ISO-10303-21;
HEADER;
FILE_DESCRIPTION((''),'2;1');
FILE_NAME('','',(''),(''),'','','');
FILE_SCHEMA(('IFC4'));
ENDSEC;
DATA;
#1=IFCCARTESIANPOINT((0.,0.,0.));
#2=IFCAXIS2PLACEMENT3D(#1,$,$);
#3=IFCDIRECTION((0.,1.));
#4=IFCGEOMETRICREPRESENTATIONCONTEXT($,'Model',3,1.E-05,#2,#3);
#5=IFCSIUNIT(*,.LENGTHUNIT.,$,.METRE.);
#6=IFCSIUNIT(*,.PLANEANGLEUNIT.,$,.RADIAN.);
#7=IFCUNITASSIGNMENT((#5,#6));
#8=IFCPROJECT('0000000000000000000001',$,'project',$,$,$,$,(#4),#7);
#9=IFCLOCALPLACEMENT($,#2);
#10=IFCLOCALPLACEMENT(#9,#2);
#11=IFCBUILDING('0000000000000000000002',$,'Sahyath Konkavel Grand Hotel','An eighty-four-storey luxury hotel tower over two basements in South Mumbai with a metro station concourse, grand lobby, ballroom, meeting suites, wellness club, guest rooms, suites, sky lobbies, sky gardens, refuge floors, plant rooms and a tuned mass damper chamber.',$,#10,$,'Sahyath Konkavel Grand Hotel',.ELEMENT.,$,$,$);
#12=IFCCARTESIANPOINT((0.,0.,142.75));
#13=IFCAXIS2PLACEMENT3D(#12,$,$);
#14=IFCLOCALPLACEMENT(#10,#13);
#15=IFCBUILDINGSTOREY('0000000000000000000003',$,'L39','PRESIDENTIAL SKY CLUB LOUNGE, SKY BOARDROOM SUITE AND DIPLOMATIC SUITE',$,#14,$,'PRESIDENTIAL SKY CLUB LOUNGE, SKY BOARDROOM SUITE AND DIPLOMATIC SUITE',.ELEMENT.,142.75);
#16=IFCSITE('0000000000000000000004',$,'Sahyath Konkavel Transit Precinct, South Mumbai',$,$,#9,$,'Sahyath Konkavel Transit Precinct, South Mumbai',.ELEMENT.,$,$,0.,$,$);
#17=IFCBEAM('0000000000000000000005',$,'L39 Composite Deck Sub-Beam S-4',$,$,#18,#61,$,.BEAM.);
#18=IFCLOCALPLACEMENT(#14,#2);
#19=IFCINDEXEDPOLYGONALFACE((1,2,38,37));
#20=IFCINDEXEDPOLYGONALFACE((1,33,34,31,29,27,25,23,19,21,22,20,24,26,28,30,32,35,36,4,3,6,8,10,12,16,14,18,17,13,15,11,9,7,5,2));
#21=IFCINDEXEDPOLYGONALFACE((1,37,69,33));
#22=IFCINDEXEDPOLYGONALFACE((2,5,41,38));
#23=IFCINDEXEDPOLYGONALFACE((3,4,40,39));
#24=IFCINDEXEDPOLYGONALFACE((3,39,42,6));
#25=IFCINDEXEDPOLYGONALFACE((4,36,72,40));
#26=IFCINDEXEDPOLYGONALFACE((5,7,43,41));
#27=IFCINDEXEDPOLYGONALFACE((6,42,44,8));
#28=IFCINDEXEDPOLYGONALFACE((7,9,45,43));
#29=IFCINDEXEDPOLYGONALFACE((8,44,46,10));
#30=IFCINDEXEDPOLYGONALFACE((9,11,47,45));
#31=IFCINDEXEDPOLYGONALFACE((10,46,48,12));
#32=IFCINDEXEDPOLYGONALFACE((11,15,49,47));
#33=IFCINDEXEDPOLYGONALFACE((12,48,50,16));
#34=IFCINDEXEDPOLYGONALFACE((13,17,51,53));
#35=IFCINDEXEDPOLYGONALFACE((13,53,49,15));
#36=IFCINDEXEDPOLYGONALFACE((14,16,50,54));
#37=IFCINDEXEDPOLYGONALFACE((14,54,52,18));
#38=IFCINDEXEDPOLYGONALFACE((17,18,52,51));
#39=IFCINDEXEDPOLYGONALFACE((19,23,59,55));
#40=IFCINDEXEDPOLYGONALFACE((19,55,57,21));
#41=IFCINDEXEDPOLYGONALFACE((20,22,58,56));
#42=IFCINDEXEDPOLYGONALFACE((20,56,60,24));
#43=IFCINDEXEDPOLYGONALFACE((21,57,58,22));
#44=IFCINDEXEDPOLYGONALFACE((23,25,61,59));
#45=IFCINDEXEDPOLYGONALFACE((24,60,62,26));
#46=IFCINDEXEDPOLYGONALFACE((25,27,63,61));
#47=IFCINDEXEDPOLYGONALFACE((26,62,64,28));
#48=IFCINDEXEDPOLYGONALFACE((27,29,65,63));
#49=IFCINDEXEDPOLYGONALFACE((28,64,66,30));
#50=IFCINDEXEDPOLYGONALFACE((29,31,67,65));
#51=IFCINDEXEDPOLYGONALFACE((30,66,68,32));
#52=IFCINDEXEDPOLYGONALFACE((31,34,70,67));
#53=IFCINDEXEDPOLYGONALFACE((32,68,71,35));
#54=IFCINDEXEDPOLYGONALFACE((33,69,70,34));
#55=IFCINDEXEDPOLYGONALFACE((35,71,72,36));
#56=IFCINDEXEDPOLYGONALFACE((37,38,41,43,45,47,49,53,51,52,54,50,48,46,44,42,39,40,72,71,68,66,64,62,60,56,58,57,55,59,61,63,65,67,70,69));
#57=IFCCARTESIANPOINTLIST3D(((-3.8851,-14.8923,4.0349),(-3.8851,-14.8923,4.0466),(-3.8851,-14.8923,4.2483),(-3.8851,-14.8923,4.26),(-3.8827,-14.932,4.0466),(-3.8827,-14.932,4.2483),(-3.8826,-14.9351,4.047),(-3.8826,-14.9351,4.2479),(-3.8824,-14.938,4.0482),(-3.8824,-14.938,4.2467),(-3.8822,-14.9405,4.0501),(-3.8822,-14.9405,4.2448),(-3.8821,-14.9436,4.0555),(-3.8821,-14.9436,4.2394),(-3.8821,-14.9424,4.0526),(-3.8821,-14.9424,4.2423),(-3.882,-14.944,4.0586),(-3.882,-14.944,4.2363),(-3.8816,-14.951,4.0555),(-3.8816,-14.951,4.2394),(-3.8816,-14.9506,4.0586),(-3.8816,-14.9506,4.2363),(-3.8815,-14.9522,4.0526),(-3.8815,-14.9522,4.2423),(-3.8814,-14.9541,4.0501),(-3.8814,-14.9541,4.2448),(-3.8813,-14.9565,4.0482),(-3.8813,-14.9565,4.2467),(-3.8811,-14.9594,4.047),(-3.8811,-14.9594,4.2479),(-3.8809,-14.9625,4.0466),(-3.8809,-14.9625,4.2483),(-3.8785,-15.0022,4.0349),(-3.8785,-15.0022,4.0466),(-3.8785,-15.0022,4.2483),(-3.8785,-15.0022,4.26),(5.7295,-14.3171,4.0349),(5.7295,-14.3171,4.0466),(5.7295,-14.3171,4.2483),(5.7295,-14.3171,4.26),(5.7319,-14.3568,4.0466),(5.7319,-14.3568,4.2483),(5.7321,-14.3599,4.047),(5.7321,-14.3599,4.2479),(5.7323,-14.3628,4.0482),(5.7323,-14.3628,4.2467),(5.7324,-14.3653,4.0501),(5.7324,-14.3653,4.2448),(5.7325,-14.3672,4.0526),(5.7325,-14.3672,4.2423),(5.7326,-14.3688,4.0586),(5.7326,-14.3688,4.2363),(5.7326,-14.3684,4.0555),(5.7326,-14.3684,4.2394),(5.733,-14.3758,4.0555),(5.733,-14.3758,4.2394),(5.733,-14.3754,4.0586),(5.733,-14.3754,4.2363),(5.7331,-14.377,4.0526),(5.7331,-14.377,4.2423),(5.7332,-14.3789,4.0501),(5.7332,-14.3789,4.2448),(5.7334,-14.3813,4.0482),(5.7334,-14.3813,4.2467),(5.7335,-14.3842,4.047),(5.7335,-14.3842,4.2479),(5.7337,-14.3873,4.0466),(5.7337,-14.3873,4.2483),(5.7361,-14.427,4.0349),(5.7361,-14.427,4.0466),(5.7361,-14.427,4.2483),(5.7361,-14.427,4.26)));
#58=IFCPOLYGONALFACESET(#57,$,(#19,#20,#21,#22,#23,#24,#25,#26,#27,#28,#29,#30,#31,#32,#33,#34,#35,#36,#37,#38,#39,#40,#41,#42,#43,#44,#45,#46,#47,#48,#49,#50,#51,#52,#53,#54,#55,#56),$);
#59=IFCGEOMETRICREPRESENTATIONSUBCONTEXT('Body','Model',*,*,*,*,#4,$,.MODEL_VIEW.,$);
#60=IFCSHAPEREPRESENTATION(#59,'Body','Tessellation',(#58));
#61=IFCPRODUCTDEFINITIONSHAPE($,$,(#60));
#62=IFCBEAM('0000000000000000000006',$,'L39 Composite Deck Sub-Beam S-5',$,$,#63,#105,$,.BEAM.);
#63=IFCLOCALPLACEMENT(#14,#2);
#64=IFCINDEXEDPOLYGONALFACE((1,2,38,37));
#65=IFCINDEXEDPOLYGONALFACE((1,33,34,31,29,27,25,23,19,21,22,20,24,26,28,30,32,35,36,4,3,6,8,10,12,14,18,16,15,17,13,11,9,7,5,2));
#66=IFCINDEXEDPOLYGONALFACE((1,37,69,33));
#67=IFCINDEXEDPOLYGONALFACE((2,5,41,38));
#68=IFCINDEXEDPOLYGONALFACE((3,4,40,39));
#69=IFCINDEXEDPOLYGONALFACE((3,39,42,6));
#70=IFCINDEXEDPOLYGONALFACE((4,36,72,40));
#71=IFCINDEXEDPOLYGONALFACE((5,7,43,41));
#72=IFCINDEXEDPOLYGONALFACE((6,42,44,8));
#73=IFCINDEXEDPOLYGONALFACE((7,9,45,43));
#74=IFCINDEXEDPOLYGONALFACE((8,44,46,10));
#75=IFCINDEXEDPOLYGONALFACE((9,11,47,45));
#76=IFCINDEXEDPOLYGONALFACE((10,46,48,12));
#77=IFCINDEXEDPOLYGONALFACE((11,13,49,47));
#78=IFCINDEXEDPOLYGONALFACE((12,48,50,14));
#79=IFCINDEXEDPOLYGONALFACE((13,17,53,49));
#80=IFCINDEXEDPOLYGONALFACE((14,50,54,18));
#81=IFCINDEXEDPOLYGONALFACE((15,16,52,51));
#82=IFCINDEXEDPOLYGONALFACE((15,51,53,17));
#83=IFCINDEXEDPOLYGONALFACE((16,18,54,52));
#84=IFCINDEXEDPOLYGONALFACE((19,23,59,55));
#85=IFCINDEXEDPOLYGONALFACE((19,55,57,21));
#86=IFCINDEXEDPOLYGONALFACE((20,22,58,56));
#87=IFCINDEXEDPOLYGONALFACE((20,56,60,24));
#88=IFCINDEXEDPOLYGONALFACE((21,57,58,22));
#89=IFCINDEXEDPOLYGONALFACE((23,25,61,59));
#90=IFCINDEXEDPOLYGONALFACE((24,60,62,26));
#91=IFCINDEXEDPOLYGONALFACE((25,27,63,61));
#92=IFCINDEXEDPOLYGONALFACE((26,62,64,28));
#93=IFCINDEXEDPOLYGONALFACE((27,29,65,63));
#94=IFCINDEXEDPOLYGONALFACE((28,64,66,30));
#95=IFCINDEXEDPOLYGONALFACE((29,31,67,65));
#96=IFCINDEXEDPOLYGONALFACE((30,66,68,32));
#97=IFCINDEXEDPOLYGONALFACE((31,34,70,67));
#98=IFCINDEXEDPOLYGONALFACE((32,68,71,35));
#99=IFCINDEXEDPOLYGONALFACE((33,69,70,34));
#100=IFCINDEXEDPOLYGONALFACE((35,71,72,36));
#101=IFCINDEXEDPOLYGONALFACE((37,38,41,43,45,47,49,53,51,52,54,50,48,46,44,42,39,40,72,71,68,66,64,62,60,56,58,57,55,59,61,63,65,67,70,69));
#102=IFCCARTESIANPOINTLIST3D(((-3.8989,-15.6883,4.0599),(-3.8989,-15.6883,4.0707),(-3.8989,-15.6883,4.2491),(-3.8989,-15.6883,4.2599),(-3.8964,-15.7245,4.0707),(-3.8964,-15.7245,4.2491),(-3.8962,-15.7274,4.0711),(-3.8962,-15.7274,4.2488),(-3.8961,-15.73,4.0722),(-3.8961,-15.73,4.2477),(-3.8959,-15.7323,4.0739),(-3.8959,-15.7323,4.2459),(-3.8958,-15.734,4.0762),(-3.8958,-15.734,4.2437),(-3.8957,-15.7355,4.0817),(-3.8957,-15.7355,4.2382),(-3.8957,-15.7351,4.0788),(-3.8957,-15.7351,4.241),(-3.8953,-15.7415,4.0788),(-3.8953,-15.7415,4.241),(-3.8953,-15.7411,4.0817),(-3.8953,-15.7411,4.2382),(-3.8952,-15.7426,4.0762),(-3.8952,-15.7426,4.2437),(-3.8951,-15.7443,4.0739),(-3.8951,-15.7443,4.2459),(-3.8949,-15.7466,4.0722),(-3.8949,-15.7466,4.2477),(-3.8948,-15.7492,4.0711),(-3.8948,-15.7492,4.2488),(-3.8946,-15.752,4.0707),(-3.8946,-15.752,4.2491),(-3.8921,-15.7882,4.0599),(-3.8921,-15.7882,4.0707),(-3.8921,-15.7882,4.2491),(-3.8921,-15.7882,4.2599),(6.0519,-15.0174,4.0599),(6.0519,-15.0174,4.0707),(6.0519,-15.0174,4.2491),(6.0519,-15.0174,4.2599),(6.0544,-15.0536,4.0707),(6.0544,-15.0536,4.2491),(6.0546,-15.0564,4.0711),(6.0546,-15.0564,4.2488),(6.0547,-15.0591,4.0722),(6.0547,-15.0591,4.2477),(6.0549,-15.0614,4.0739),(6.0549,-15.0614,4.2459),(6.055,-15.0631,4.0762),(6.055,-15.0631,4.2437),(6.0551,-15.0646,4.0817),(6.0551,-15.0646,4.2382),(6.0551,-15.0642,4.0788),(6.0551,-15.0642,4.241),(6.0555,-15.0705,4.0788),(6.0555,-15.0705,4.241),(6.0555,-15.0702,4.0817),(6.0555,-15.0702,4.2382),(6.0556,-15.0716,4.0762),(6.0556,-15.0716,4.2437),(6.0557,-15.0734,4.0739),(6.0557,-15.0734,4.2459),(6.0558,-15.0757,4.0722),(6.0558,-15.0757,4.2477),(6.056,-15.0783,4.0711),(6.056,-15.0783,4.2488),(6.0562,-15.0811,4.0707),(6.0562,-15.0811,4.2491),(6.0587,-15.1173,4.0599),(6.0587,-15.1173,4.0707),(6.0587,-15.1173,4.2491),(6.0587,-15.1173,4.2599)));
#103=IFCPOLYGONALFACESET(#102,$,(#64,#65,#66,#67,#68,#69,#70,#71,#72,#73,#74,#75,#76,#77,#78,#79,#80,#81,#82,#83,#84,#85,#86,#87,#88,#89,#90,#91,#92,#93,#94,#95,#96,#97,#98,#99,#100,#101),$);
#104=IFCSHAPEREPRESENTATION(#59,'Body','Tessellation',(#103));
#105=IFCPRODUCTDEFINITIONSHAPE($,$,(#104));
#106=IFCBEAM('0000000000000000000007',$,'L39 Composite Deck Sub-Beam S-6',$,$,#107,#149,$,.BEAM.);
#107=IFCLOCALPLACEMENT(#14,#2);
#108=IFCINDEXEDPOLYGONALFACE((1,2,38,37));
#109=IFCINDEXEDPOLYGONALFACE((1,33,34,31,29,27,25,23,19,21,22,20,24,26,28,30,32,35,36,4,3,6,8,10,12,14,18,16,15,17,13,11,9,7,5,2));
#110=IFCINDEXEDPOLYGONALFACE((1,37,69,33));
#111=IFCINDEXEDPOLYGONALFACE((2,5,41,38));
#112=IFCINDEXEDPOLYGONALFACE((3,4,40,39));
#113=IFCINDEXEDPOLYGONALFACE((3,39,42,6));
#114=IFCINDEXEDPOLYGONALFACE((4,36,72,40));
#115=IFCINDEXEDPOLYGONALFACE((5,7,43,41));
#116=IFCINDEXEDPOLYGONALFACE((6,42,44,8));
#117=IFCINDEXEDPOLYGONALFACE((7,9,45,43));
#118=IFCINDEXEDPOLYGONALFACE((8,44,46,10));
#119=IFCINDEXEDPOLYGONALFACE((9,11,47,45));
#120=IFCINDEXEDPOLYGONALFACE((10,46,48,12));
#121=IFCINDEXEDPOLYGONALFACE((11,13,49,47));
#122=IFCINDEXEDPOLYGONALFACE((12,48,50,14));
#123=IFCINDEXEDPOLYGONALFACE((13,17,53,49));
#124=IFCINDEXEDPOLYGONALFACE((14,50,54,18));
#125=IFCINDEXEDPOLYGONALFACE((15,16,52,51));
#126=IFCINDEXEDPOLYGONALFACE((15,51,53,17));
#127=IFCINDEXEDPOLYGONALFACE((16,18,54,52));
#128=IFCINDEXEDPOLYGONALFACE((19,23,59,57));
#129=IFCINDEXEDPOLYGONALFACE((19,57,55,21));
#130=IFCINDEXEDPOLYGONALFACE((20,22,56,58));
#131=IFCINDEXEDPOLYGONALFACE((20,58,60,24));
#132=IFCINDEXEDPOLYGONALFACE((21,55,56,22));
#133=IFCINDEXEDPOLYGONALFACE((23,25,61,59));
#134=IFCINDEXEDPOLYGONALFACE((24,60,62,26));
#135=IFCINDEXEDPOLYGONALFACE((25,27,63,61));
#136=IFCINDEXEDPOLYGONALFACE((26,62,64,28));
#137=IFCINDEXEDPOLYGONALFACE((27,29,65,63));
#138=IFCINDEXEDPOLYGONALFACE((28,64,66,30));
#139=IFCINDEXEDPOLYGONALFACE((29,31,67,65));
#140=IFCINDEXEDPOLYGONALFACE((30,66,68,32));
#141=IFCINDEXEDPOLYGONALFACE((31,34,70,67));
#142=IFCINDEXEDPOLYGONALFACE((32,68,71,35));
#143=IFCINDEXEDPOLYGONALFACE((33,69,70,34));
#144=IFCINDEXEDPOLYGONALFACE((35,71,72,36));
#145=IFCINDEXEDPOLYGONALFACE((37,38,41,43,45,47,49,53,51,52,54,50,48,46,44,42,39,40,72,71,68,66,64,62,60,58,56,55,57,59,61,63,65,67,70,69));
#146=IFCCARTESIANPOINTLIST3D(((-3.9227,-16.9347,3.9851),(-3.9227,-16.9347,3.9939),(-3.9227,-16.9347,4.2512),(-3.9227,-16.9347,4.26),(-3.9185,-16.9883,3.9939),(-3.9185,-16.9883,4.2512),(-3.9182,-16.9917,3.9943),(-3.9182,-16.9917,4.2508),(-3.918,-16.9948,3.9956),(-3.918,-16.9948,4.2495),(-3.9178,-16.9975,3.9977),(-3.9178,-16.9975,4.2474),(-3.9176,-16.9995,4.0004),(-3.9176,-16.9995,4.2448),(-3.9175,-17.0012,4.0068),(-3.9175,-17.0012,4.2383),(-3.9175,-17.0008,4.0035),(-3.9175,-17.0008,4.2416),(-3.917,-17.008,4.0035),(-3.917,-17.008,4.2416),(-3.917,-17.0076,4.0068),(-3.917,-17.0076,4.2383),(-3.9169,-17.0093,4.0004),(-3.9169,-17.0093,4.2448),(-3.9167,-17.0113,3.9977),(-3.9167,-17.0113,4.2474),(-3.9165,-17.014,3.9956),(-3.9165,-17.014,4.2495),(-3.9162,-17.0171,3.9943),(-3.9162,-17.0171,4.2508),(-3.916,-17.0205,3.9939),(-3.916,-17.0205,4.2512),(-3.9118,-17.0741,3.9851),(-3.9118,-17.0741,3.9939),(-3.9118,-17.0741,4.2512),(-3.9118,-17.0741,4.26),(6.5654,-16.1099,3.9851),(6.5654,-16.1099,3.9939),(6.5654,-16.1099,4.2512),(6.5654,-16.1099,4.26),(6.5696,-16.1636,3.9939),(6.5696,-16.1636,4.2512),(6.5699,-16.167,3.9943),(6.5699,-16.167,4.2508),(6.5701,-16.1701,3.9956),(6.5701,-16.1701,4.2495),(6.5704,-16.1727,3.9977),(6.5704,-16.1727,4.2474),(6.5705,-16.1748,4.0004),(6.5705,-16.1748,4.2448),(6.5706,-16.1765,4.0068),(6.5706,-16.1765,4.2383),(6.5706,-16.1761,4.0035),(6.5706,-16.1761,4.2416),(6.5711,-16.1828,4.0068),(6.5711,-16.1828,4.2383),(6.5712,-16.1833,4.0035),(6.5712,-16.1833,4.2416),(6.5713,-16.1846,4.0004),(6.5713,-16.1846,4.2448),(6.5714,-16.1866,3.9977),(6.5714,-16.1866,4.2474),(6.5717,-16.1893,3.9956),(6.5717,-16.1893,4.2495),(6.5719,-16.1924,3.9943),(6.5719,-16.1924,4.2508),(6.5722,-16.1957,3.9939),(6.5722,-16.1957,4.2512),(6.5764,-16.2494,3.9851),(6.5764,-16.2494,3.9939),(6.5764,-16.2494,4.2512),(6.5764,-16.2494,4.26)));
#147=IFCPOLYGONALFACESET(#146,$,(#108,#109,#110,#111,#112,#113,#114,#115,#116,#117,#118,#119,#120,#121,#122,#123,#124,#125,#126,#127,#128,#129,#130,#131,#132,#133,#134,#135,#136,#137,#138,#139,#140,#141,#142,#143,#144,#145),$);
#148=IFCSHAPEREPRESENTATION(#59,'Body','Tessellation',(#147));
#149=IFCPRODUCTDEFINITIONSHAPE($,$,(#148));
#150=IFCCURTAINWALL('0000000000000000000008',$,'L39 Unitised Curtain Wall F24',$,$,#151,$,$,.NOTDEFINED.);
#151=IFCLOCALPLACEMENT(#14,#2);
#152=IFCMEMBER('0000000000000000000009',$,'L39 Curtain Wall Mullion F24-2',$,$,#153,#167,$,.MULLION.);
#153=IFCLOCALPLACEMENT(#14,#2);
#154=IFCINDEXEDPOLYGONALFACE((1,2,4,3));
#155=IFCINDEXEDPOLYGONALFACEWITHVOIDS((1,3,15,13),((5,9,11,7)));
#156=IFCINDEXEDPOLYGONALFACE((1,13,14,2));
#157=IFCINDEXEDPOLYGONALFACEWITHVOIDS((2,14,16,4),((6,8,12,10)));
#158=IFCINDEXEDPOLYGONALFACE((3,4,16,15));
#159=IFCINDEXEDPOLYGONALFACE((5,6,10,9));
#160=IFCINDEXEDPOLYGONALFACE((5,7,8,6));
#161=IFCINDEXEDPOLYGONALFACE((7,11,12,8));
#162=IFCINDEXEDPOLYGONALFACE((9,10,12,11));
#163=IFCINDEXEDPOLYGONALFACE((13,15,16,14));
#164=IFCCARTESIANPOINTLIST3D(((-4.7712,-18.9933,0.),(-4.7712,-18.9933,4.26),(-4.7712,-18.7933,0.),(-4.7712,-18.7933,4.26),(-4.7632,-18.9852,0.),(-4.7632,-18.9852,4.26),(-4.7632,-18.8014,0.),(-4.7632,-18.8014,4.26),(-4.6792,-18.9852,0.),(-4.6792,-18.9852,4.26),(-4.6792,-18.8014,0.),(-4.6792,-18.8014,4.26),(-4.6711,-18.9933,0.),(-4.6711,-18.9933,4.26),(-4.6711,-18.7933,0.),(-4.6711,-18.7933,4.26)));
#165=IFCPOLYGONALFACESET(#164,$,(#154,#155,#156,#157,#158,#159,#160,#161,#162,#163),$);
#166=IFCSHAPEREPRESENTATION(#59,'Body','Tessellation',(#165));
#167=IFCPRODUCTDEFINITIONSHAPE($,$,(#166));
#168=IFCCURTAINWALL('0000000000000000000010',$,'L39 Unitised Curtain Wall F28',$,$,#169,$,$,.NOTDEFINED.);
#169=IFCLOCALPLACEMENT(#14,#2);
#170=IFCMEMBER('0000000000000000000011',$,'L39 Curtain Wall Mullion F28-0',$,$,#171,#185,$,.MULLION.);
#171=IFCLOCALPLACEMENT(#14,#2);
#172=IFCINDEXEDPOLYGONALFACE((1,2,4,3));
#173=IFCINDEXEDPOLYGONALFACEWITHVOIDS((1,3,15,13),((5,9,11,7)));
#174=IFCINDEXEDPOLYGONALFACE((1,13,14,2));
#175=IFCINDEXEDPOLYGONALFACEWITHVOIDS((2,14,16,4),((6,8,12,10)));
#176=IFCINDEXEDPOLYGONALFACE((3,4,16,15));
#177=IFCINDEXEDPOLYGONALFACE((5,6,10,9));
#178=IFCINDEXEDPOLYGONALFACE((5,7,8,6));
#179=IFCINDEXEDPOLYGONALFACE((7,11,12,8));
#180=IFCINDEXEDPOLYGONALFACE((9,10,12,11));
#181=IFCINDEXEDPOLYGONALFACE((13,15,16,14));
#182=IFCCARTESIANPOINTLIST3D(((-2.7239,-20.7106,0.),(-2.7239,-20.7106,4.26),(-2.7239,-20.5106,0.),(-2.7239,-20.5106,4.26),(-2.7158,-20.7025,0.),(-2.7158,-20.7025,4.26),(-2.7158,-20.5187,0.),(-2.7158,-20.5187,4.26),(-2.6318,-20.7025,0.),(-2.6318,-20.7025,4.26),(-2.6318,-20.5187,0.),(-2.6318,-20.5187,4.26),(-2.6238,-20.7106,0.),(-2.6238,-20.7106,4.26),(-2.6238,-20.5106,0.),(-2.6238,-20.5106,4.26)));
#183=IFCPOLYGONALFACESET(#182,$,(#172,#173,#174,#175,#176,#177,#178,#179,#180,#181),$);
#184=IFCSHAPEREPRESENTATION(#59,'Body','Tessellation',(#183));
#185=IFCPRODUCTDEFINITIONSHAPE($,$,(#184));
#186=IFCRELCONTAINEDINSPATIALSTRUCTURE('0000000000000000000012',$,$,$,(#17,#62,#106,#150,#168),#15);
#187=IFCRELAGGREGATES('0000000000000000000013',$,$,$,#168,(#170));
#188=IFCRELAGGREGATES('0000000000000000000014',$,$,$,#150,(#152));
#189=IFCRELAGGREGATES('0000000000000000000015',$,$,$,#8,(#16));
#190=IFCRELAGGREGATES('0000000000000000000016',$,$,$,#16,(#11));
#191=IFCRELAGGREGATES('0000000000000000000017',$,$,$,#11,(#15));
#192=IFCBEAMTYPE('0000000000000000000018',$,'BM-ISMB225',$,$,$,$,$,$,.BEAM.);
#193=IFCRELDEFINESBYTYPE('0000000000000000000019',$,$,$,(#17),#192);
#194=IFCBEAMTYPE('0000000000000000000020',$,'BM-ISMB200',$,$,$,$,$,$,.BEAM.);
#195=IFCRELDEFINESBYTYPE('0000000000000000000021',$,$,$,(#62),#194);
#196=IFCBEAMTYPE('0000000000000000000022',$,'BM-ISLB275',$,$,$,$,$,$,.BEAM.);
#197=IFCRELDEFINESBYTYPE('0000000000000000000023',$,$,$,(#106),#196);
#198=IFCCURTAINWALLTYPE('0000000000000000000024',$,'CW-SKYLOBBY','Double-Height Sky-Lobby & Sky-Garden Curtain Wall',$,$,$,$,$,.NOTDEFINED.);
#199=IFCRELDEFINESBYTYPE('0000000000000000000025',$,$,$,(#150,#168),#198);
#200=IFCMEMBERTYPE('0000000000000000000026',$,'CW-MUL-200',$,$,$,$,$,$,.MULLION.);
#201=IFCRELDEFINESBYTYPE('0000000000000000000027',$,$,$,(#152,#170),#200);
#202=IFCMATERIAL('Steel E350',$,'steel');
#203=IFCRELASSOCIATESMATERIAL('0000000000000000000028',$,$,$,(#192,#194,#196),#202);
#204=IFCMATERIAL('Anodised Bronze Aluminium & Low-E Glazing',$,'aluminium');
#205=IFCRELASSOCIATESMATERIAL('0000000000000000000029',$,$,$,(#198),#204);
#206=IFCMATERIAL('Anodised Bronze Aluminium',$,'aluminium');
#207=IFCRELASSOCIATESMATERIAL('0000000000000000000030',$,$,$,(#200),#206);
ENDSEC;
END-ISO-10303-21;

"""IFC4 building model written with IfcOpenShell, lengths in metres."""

from ifc_helpers import new_model, si_unit, direction, frame, origin, origin_2d, place, context, subcontext, project, spatial, hollow_rectangle, i_section, extrude, source, transform, mapped, material, material_profile, profile_set, type_object, element, aggregate, save


model = new_model("IFC4")

# Units and contexts
model_context = context("Model", 3, precision=1e-05, world=origin(), true_north=direction((0.0, 1.0)))
body_context = subcontext(model_context, "Body", "Model", "MODEL_VIEW")
ifc_project = project(units=[si_unit("LENGTHUNIT", "METRE"), si_unit("PLANEANGLEUNIT", "RADIAN")], contexts=[model_context])

# Site, building, storey
site_placement = place(None, origin())
site = spatial("IfcSite", under=ifc_project, at=site_placement, Name="Sahyath Konkavel Transit Precinct, South Mumbai", LongName="Sahyath Konkavel Transit Precinct, South Mumbai", CompositionType="ELEMENT", RefElevation=0.0)
building_placement = place(site_placement, origin())
building = spatial("IfcBuilding", under=site, at=building_placement, Name="Sahyath Konkavel Grand Hotel", Description="An eighty-four-storey luxury hotel tower over two basements in South Mumbai with a metro station concourse, grand lobby, ballroom, meeting suites, wellness club, guest rooms, suites, sky lobbies, sky gardens, refuge floors, plant rooms and a tuned mass damper chamber.", LongName="Sahyath Konkavel Grand Hotel", CompositionType="ELEMENT")
storey_placement = place(building_placement, frame((0.0, 0.0, 142.75)))
storey = spatial("IfcBuildingStorey", under=building, at=storey_placement, Name="L39", Description="PRESIDENTIAL SKY CLUB LOUNGE, SKY BOARDROOM SUITE AND DIPLOMATIC SUITE", LongName="PRESIDENTIAL SKY CLUB LOUNGE, SKY BOARDROOM SUITE AND DIPLOMATIC SUITE", CompositionType="ELEMENT", Elevation=142.75)

# Beams
ifc_material_1 = material(Name="Steel E350", Category="steel")
ifc_material_profile_1 = material_profile(ifc_material_1, i_section(OverallWidth=0.1101, OverallDepth=0.2251, WebThickness=0.0066, FlangeThickness=0.0117, FilletRadius=0.012, at=origin_2d()), Name="ISMB 225")
ifc_profile_set_1 = profile_set([ifc_material_profile_1], Name="Steel E350")
beam_type_1 = type_object("IfcBeamType", Name="BM-ISMB225", PredefinedType="BEAM", material=ifc_profile_set_1)
shared_shape_1 = source(origin(), body_context, "Body", "SweptSolid", [
    extrude(i_section(OverallWidth=0.1101, OverallDepth=0.2251, WebThickness=0.0066, FlangeThickness=0.0117, FilletRadius=0.012, at=origin_2d()), origin(), (0.0, 0.0, 1.0), 9.6318),
])
beam_1_placement = place(storey_placement, frame((-3.8818, -14.9473, 4.1475), z_axis=(0.998215, 0.059718, 0.0), x_axis=(-0.059718, 0.998215, 0.0)))
element("IfcBeam", 1, at=beam_1_placement, inside=storey, type_object=beam_type_1, Name="L39 Composite Deck Sub-Beam S-4", PredefinedType="BEAM", context=body_context, shape_type="MappedRepresentation", body=[
    mapped(shared_shape_1, transform((0.0, 0.0, 0.0), scale=1.0)),
])
ifc_material_profile_2 = material_profile(ifc_material_1, i_section(OverallWidth=0.1001, OverallDepth=0.2, WebThickness=0.0056, FlangeThickness=0.0107, FilletRadius=0.011, at=origin_2d()), Name="ISMB 200")
ifc_profile_set_2 = profile_set([ifc_material_profile_2], Name="Steel E350")
beam_type_2 = type_object("IfcBeamType", Name="BM-ISMB200", PredefinedType="BEAM", material=ifc_profile_set_2)
shared_shape_2 = source(origin(), body_context, "Body", "SweptSolid", [
    extrude(i_section(OverallWidth=0.1001, OverallDepth=0.2, WebThickness=0.0056, FlangeThickness=0.0107, FilletRadius=0.011, at=origin_2d()), origin(), (0.0, 0.0, 1.0), 9.9734),
])
beam_2_placement = place(storey_placement, frame((-3.8955, -15.7383, 4.1599), z_axis=(0.997735, 0.06727, 0.0), x_axis=(-0.06727, 0.997735, 0.0)))
element("IfcBeam", 2, at=beam_2_placement, inside=storey, type_object=beam_type_2, Name="L39 Composite Deck Sub-Beam S-5", PredefinedType="BEAM", context=body_context, shape_type="MappedRepresentation", body=[
    mapped(shared_shape_2, transform((0.0, 0.0, 0.0), scale=1.0)),
])
ifc_material_profile_3 = material_profile(ifc_material_1, i_section(OverallWidth=0.1399, OverallDepth=0.2749, WebThickness=0.0063, FlangeThickness=0.0088, FilletRadius=0.0129, at=origin_2d()), Name="ISLB 275")
ifc_profile_set_3 = profile_set([ifc_material_profile_3], Name="Steel E350")
beam_type_3 = type_object("IfcBeamType", Name="BM-ISLB275", PredefinedType="BEAM", material=ifc_profile_set_3)
shared_shape_3 = source(origin(), body_context, "Body", "SweptSolid", [
    extrude(i_section(OverallWidth=0.1399, OverallDepth=0.2749, WebThickness=0.0063, FlangeThickness=0.0088, FilletRadius=0.0129, at=origin_2d()), origin(), (0.0, 0.0, 1.0), 10.5205),
])
beam_3_placement = place(storey_placement, frame((-3.9172, -17.0044, 4.1226), z_axis=(0.996923, 0.078391, 0.0), x_axis=(-0.078391, 0.996923, 0.0)))
element("IfcBeam", 3, at=beam_3_placement, inside=storey, type_object=beam_type_3, Name="L39 Composite Deck Sub-Beam S-6", PredefinedType="BEAM", context=body_context, shape_type="MappedRepresentation", body=[
    mapped(shared_shape_3, transform((0.0, 0.0, 0.0), scale=1.0)),
])

# Curtain wall, member
ifc_material_2 = material(Name="Anodised Bronze Aluminium & Low-E Glazing", Category="aluminium")
curtain_wall_type = type_object("IfcCurtainWallType", Name="CW-SKYLOBBY", Description="Double-Height Sky-Lobby & Sky-Garden Curtain Wall", PredefinedType="NOTDEFINED", material=ifc_material_2)
curtain_wall_1_placement = place(storey_placement, origin())
curtain_wall_1 = element("IfcCurtainWall", 4, at=curtain_wall_1_placement, inside=storey, type_object=curtain_wall_type, Name="L39 Unitised Curtain Wall F24", PredefinedType="NOTDEFINED")
ifc_material_3 = material(Name="Anodised Bronze Aluminium", Category="aluminium")
ifc_material_profile_4 = material_profile(ifc_material_3, hollow_rectangle(XDim=0.1001, YDim=0.2, WallThickness=0.0081, at=origin_2d()), Name="RHS 200x100x8")
ifc_profile_set_4 = profile_set([ifc_material_profile_4], Name="Anodised Bronze Aluminium")
member_type_1 = type_object("IfcMemberType", Name="CW-MUL-200", PredefinedType="MULLION", material=ifc_profile_set_4)
shared_shape_4 = source(origin(), body_context, "Body", "SweptSolid", [
    extrude(hollow_rectangle(XDim=0.1001, YDim=0.2, WallThickness=0.0081, at=origin_2d()), origin(), (0.0, 0.0, 1.0), 4.26),
])
member_1_placement = place(storey_placement, frame((-4.7212, -18.8933, 0.0), z_axis=(0.0, 0.0, 1.0), x_axis=(1.0, 0.0, 0.0)))
member_1 = element("IfcMember", 5, at=member_1_placement, type_object=member_type_1, Name="L39 Curtain Wall Mullion F24-2", PredefinedType="MULLION", context=body_context, shape_type="MappedRepresentation", body=[
    mapped(shared_shape_4, transform((0.0, 0.0, 0.0), scale=1.0)),
])

# Curtain wall, member
curtain_wall_2_placement = place(storey_placement, origin())
curtain_wall_2 = element("IfcCurtainWall", 6, at=curtain_wall_2_placement, inside=storey, type_object=curtain_wall_type, Name="L39 Unitised Curtain Wall F28", PredefinedType="NOTDEFINED")
member_2_placement = place(storey_placement, frame((-2.6738, -20.6106, 0.0), z_axis=(0.0, 0.0, 1.0), x_axis=(1.0, 0.0, 0.0)))
member_2 = element("IfcMember", 7, at=member_2_placement, type_object=member_type_1, Name="L39 Curtain Wall Mullion F28-0", PredefinedType="MULLION", context=body_context, shape_type="MappedRepresentation", body=[
    mapped(shared_shape_4, transform((0.0, 0.0, 0.0), scale=1.0)),
])

aggregate(curtain_wall_2, [member_2])
aggregate(curtain_wall_1, [member_1])

save(model, "model.ifc")
